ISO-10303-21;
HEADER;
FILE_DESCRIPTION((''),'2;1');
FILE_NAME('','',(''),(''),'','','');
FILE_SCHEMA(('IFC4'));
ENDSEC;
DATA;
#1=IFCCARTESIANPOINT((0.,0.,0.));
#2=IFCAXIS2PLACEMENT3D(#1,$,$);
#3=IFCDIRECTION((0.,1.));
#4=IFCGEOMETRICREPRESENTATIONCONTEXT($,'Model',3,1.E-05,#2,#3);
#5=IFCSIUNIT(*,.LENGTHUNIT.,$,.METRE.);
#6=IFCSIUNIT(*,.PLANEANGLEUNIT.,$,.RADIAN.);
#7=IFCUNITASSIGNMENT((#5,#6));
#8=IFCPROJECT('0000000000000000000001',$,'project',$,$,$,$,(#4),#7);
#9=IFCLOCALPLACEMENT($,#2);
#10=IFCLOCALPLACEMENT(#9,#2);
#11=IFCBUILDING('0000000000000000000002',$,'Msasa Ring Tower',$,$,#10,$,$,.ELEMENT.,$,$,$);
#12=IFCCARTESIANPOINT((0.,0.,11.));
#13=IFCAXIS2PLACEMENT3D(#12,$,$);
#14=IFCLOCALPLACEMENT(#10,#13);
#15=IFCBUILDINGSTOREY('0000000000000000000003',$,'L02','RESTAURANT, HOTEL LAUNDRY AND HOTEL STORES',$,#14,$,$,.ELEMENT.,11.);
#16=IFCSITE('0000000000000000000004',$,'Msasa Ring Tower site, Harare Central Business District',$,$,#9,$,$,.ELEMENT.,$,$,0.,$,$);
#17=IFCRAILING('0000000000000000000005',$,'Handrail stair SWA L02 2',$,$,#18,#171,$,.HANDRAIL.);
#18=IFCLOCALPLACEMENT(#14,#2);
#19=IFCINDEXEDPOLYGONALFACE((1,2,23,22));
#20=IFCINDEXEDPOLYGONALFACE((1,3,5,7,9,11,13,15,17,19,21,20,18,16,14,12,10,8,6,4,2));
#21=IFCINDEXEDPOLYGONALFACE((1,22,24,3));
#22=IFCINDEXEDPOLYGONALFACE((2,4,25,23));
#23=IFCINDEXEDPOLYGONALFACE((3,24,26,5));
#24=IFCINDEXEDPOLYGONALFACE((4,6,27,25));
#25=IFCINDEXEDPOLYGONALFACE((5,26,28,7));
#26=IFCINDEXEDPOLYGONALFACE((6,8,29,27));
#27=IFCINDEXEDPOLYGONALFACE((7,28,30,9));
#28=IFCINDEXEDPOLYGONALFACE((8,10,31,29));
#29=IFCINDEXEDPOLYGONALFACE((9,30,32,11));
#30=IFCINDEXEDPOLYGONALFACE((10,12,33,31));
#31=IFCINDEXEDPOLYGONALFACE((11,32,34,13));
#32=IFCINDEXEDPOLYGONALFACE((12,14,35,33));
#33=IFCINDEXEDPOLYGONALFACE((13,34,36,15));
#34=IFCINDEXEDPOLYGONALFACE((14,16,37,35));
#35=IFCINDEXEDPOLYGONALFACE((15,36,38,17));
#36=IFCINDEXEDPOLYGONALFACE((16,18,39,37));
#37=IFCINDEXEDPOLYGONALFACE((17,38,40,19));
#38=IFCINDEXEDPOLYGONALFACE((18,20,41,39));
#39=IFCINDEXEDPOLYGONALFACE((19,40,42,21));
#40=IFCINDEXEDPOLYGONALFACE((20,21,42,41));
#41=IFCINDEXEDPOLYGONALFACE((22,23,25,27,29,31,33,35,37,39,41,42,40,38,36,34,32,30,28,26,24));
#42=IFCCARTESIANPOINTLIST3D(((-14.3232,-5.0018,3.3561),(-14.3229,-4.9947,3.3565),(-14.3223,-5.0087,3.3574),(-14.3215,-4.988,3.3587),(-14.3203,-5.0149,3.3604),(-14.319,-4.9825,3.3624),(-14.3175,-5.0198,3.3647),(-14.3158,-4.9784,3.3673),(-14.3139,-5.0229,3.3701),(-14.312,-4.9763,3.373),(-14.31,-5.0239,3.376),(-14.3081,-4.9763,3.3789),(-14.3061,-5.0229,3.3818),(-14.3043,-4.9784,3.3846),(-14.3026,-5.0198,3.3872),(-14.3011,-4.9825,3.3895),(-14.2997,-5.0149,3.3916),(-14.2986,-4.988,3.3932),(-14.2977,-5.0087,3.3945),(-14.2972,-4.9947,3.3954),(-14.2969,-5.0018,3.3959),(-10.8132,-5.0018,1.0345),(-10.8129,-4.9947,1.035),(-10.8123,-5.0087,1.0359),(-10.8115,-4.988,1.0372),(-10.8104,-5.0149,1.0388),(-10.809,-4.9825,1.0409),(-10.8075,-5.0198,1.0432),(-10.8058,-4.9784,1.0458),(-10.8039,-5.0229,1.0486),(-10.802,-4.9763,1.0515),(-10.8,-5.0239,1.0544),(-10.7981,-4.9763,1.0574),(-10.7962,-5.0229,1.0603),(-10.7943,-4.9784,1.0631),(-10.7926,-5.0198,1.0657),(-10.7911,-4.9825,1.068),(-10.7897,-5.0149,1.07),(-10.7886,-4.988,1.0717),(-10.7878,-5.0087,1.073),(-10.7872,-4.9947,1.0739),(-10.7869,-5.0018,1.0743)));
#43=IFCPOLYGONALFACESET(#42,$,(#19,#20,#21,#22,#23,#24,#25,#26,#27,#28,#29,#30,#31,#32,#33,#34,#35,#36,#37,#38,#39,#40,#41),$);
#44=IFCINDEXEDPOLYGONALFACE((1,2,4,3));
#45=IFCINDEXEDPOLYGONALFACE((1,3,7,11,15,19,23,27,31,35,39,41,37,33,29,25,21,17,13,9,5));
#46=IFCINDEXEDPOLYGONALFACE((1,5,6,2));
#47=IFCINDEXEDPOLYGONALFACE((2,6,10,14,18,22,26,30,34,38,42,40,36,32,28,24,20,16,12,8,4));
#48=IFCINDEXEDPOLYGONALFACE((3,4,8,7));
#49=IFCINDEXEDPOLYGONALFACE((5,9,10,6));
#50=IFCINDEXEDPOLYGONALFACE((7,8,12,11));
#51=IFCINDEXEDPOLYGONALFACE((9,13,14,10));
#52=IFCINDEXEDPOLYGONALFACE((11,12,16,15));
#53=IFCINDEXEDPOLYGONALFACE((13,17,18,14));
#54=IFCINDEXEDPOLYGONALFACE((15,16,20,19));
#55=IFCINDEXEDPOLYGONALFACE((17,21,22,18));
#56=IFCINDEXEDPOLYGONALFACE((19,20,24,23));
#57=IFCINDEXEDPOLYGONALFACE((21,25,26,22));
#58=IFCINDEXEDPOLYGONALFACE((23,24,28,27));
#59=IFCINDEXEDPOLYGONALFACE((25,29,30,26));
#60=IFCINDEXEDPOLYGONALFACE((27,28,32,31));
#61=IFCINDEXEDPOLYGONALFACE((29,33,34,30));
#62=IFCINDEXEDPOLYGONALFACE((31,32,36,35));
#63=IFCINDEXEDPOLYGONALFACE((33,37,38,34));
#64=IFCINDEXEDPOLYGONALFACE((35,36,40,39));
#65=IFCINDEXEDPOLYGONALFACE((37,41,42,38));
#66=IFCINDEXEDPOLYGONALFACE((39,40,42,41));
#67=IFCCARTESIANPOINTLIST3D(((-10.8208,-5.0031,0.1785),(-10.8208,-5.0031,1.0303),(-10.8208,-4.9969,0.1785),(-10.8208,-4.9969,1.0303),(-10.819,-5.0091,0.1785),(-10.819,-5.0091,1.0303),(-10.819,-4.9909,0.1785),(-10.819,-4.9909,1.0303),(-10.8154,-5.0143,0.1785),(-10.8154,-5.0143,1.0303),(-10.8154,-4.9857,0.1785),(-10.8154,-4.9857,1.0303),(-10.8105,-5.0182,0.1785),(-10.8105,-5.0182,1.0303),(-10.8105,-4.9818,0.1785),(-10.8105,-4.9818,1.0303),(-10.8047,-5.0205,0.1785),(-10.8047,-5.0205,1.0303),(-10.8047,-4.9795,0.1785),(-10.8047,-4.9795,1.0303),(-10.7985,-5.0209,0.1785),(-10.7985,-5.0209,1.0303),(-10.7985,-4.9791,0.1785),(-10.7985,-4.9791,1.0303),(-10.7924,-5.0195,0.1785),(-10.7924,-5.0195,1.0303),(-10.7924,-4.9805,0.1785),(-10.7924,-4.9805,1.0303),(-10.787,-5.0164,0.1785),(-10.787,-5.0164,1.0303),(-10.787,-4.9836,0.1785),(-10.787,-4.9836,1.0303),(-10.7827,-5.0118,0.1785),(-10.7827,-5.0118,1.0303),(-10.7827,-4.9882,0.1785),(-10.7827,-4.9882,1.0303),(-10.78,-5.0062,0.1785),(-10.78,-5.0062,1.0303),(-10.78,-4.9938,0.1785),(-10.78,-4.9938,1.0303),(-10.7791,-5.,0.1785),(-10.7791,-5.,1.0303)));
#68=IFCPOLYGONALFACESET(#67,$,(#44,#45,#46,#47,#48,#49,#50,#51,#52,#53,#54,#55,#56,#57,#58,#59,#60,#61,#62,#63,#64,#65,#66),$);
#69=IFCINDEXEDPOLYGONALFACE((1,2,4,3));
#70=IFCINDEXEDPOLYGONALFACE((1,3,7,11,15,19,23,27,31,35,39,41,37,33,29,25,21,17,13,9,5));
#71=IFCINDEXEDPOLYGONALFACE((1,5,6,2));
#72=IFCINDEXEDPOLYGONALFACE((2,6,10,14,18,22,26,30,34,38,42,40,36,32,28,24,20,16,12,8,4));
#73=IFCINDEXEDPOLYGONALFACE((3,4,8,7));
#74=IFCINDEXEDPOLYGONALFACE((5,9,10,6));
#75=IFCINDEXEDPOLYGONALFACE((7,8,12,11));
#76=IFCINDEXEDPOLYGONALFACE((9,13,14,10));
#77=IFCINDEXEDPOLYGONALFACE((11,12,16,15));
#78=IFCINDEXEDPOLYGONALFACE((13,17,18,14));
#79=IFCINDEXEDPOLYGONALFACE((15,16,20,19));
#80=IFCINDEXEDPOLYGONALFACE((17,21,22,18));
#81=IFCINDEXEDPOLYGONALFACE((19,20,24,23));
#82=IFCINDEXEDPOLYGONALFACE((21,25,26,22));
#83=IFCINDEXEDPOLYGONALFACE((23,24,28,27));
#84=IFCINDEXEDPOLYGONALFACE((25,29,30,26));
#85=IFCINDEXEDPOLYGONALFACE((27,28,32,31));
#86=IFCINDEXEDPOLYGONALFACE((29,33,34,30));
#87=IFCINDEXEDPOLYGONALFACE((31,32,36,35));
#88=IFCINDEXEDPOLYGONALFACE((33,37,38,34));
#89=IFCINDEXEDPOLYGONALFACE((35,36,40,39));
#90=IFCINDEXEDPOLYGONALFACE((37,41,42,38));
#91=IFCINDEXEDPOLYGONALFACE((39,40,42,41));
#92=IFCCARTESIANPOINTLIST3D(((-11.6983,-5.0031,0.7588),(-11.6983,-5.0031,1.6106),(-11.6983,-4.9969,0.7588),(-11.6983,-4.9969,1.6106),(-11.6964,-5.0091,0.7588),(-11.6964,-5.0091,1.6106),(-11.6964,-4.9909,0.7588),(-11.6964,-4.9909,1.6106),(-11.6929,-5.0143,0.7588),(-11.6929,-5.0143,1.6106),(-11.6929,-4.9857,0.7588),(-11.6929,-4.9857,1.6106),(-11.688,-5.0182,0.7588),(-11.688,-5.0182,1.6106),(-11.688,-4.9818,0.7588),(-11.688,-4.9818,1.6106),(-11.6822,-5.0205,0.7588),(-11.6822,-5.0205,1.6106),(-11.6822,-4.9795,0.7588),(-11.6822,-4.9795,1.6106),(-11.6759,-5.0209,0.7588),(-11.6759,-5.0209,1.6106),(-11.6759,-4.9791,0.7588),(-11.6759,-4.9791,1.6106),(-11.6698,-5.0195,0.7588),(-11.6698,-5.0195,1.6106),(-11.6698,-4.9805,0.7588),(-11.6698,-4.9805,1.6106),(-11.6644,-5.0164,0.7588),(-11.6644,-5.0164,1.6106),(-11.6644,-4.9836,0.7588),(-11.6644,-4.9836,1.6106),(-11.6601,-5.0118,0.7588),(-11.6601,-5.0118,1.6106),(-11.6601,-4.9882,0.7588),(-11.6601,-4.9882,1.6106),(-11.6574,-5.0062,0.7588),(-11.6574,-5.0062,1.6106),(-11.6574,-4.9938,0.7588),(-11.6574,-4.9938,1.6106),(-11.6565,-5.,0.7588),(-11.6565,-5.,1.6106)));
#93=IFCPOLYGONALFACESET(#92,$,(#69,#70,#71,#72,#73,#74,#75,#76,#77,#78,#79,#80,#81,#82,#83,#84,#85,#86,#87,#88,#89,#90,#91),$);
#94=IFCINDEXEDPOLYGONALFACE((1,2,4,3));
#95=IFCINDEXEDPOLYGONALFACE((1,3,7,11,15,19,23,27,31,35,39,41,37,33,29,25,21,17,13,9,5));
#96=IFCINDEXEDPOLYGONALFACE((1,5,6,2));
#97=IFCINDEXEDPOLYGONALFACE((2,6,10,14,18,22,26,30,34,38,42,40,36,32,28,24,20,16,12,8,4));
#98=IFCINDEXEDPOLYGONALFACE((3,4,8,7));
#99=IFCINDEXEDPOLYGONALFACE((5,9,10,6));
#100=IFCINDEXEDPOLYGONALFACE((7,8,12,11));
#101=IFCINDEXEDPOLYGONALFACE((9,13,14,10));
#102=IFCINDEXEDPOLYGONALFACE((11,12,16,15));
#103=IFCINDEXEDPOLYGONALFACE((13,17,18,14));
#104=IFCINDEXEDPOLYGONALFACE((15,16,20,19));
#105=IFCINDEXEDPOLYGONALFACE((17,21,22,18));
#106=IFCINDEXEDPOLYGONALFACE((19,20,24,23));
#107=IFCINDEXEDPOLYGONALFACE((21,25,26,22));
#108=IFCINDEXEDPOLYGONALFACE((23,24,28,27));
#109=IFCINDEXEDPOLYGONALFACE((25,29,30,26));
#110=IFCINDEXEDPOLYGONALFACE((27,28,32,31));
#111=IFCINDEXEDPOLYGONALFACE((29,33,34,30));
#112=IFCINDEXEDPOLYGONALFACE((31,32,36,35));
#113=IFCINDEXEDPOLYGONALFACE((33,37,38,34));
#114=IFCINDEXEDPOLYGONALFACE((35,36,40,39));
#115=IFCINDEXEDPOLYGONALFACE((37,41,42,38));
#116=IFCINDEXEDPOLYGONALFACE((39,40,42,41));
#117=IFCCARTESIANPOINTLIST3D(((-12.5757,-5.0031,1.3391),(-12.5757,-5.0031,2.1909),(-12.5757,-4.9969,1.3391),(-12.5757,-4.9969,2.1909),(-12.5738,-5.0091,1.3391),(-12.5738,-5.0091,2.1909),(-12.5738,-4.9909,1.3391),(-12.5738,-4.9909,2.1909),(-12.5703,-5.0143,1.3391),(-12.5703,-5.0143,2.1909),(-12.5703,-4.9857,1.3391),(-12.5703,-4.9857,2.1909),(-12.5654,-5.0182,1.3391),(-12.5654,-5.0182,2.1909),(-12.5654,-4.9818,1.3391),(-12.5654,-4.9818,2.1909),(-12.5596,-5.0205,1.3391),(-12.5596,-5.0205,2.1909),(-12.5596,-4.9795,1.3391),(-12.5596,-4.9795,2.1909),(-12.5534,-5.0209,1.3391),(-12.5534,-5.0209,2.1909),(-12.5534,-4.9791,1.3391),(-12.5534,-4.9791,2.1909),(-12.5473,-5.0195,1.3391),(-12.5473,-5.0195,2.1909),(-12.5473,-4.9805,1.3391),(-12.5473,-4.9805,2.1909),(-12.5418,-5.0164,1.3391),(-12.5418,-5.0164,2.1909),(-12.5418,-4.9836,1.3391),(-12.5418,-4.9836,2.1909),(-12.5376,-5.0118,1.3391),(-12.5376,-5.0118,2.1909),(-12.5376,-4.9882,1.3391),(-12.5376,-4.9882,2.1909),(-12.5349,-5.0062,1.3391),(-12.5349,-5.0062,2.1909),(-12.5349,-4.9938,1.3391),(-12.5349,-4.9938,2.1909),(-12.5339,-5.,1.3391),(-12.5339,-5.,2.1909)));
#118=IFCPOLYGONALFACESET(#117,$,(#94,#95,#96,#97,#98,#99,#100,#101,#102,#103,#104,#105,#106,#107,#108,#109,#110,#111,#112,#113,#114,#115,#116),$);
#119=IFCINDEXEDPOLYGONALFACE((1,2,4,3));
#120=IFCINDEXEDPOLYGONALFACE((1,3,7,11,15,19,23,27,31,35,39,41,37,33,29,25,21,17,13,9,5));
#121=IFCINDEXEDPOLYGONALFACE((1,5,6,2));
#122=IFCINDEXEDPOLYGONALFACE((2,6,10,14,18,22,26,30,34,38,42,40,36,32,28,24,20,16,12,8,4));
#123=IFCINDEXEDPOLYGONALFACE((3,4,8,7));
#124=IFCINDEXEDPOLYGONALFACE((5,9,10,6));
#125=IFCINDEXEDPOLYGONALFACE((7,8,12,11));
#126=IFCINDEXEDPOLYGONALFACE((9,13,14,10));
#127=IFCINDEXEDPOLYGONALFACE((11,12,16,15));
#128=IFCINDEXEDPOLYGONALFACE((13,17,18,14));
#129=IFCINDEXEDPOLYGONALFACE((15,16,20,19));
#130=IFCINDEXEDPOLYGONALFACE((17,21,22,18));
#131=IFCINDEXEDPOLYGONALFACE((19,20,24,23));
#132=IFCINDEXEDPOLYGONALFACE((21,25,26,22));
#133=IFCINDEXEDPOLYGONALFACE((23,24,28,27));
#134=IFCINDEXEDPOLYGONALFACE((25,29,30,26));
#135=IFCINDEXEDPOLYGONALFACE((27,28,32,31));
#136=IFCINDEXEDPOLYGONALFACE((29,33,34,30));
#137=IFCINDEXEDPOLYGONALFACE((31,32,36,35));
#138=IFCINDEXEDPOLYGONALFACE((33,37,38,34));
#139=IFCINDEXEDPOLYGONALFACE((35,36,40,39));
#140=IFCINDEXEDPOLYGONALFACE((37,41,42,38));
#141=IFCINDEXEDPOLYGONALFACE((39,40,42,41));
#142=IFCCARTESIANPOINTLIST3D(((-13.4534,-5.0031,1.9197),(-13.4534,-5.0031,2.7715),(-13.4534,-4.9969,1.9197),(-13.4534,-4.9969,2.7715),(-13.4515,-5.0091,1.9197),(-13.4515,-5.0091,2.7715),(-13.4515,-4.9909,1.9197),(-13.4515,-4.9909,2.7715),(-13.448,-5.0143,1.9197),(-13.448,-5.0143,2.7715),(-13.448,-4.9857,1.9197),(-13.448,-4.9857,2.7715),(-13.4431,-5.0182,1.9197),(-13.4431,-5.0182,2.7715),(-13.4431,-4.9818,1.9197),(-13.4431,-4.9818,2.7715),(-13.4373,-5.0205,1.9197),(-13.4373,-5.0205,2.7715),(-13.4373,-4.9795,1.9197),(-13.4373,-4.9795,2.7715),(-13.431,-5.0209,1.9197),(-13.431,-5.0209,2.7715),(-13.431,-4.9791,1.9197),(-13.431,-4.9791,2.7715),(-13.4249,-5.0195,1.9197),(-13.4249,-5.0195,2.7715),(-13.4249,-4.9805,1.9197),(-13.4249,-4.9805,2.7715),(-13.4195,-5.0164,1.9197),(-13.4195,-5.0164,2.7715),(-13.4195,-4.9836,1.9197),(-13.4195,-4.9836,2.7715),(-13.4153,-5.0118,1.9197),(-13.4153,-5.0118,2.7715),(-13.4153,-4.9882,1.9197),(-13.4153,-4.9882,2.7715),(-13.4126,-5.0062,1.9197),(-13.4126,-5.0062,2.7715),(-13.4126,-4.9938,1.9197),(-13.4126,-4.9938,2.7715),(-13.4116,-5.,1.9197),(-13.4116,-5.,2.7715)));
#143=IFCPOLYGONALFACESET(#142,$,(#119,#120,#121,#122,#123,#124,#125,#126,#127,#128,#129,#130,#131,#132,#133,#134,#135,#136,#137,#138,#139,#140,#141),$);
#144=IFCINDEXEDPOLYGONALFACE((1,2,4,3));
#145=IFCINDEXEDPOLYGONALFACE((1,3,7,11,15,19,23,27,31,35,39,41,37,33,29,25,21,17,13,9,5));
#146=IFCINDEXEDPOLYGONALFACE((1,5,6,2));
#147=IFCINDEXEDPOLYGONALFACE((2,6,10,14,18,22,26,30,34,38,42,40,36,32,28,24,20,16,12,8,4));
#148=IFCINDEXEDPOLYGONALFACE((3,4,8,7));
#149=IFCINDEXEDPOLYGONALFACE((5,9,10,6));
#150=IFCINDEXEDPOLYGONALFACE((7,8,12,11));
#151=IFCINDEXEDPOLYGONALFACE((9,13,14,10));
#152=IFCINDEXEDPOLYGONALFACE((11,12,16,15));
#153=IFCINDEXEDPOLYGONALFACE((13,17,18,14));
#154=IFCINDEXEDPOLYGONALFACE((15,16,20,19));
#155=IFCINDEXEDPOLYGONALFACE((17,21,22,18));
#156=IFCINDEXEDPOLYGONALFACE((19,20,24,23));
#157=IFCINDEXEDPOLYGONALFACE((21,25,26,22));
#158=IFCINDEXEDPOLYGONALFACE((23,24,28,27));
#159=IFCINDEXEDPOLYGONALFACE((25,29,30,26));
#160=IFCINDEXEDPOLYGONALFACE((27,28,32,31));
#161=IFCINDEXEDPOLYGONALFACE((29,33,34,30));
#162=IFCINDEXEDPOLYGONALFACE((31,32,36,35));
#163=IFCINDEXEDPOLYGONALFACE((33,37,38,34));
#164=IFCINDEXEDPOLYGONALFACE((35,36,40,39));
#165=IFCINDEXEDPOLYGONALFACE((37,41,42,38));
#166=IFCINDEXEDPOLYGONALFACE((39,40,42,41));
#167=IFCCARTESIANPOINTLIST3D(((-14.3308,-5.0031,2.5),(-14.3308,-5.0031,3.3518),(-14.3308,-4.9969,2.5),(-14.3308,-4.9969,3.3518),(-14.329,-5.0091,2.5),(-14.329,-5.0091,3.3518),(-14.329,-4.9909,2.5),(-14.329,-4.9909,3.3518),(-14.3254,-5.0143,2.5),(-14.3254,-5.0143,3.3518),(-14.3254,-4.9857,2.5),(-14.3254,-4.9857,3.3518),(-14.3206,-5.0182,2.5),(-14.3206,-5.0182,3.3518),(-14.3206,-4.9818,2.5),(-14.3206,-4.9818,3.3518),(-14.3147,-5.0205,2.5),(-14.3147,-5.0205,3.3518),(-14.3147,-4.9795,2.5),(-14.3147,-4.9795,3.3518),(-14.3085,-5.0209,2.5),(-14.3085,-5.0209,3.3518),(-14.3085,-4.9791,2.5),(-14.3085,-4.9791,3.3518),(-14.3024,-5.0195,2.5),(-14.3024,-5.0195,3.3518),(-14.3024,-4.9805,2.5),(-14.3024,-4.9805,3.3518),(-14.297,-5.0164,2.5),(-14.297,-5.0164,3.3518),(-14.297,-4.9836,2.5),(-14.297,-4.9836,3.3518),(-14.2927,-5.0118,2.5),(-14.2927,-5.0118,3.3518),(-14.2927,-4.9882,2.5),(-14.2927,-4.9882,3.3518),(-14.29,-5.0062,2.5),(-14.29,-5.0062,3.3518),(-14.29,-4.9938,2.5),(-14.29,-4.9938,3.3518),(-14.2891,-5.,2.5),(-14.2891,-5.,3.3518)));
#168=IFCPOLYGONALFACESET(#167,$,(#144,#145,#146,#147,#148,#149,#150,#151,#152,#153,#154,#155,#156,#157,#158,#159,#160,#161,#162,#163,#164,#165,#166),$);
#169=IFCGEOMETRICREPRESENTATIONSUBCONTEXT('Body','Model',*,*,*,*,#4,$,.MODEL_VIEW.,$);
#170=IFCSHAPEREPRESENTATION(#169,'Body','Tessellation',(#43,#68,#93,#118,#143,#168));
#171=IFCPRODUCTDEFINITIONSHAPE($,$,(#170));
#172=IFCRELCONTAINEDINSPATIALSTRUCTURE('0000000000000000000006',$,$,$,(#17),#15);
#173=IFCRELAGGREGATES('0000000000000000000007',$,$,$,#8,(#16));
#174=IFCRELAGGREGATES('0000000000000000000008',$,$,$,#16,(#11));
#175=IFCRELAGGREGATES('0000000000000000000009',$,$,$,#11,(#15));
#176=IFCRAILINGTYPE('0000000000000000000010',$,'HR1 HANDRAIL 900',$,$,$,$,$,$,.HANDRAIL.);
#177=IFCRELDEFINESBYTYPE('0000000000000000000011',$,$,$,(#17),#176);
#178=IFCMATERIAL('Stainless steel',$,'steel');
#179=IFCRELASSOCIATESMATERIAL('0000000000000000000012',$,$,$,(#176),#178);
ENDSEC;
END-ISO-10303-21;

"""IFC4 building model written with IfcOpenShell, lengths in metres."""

from ifc_helpers import new_model, si_unit, direction, frame, origin, origin_2d, place, context, subcontext, project, spatial, circle, extrude, material, type_object, element, save


model = new_model("IFC4")

# Units and contexts
model_context = context("Model", 3, precision=1e-05, world=origin(), true_north=direction((0.0, 1.0)))
body_context = subcontext(model_context, "Body", "Model", "MODEL_VIEW")
ifc_project = project(units=[si_unit("LENGTHUNIT", "METRE"), si_unit("PLANEANGLEUNIT", "RADIAN")], contexts=[model_context])

# Site, building, storey
site_placement = place(None, origin())
site = spatial("IfcSite", under=ifc_project, at=site_placement, Name="Msasa Ring Tower site, Harare Central Business District", CompositionType="ELEMENT", RefElevation=0.0)
building_placement = place(site_placement, origin())
building = spatial("IfcBuilding", under=site, at=building_placement, Name="Msasa Ring Tower", CompositionType="ELEMENT")
storey_placement = place(building_placement, frame((0.0, 0.0, 11.0)))
storey = spatial("IfcBuildingStorey", under=building, at=storey_placement, Name="L02", Description="RESTAURANT, HOTEL LAUNDRY AND HOTEL STORES", CompositionType="ELEMENT", Elevation=11.0)

# Railing
ifc_material_1 = material(Name="Stainless steel", Category="steel")
railing_type = type_object("IfcRailingType", Name="HR1 HANDRAIL 900", PredefinedType="HANDRAIL", material=ifc_material_1)
for number, where, name in (
    (1, (-10.8, -5.0, 0.1785), "Handrail stair SWA L02 2"),
):
    element("IfcRailing", number, at=place(storey_placement, frame(where)), inside=storey, type_object=railing_type, Name=name, PredefinedType="HANDRAIL", context=body_context, shape_type="SweptSolid", body=[
        extrude(circle(Radius=0.0239, at=origin_2d()), frame((0.0, 0.0, 0.876), z_axis=(-0.834071, 0.0, 0.551657), x_axis=(0.0, -1.0, 0.0)), (0.0, 0.0, 1.0), 4.2083),
        extrude(circle(Radius=0.021, at=origin_2d()), origin(), (0.0, 0.0, 1.0), 0.8518),
        extrude(circle(Radius=0.021, at=origin_2d()), frame((-0.8774, 0.0, 0.5803)), (0.0, 0.0, 1.0), 0.8518),
        extrude(circle(Radius=0.021, at=origin_2d()), frame((-1.7549, 0.0, 1.1606)), (0.0, 0.0, 1.0), 0.8518),
        extrude(circle(Radius=0.021, at=origin_2d()), frame((-2.6326, 0.0, 1.7412)), (0.0, 0.0, 1.0), 0.8518),
        extrude(circle(Radius=0.021, at=origin_2d()), frame((-3.51, 0.0, 2.3215)), (0.0, 0.0, 1.0), 0.8518),
    ])

save(model, "model.ifc")
